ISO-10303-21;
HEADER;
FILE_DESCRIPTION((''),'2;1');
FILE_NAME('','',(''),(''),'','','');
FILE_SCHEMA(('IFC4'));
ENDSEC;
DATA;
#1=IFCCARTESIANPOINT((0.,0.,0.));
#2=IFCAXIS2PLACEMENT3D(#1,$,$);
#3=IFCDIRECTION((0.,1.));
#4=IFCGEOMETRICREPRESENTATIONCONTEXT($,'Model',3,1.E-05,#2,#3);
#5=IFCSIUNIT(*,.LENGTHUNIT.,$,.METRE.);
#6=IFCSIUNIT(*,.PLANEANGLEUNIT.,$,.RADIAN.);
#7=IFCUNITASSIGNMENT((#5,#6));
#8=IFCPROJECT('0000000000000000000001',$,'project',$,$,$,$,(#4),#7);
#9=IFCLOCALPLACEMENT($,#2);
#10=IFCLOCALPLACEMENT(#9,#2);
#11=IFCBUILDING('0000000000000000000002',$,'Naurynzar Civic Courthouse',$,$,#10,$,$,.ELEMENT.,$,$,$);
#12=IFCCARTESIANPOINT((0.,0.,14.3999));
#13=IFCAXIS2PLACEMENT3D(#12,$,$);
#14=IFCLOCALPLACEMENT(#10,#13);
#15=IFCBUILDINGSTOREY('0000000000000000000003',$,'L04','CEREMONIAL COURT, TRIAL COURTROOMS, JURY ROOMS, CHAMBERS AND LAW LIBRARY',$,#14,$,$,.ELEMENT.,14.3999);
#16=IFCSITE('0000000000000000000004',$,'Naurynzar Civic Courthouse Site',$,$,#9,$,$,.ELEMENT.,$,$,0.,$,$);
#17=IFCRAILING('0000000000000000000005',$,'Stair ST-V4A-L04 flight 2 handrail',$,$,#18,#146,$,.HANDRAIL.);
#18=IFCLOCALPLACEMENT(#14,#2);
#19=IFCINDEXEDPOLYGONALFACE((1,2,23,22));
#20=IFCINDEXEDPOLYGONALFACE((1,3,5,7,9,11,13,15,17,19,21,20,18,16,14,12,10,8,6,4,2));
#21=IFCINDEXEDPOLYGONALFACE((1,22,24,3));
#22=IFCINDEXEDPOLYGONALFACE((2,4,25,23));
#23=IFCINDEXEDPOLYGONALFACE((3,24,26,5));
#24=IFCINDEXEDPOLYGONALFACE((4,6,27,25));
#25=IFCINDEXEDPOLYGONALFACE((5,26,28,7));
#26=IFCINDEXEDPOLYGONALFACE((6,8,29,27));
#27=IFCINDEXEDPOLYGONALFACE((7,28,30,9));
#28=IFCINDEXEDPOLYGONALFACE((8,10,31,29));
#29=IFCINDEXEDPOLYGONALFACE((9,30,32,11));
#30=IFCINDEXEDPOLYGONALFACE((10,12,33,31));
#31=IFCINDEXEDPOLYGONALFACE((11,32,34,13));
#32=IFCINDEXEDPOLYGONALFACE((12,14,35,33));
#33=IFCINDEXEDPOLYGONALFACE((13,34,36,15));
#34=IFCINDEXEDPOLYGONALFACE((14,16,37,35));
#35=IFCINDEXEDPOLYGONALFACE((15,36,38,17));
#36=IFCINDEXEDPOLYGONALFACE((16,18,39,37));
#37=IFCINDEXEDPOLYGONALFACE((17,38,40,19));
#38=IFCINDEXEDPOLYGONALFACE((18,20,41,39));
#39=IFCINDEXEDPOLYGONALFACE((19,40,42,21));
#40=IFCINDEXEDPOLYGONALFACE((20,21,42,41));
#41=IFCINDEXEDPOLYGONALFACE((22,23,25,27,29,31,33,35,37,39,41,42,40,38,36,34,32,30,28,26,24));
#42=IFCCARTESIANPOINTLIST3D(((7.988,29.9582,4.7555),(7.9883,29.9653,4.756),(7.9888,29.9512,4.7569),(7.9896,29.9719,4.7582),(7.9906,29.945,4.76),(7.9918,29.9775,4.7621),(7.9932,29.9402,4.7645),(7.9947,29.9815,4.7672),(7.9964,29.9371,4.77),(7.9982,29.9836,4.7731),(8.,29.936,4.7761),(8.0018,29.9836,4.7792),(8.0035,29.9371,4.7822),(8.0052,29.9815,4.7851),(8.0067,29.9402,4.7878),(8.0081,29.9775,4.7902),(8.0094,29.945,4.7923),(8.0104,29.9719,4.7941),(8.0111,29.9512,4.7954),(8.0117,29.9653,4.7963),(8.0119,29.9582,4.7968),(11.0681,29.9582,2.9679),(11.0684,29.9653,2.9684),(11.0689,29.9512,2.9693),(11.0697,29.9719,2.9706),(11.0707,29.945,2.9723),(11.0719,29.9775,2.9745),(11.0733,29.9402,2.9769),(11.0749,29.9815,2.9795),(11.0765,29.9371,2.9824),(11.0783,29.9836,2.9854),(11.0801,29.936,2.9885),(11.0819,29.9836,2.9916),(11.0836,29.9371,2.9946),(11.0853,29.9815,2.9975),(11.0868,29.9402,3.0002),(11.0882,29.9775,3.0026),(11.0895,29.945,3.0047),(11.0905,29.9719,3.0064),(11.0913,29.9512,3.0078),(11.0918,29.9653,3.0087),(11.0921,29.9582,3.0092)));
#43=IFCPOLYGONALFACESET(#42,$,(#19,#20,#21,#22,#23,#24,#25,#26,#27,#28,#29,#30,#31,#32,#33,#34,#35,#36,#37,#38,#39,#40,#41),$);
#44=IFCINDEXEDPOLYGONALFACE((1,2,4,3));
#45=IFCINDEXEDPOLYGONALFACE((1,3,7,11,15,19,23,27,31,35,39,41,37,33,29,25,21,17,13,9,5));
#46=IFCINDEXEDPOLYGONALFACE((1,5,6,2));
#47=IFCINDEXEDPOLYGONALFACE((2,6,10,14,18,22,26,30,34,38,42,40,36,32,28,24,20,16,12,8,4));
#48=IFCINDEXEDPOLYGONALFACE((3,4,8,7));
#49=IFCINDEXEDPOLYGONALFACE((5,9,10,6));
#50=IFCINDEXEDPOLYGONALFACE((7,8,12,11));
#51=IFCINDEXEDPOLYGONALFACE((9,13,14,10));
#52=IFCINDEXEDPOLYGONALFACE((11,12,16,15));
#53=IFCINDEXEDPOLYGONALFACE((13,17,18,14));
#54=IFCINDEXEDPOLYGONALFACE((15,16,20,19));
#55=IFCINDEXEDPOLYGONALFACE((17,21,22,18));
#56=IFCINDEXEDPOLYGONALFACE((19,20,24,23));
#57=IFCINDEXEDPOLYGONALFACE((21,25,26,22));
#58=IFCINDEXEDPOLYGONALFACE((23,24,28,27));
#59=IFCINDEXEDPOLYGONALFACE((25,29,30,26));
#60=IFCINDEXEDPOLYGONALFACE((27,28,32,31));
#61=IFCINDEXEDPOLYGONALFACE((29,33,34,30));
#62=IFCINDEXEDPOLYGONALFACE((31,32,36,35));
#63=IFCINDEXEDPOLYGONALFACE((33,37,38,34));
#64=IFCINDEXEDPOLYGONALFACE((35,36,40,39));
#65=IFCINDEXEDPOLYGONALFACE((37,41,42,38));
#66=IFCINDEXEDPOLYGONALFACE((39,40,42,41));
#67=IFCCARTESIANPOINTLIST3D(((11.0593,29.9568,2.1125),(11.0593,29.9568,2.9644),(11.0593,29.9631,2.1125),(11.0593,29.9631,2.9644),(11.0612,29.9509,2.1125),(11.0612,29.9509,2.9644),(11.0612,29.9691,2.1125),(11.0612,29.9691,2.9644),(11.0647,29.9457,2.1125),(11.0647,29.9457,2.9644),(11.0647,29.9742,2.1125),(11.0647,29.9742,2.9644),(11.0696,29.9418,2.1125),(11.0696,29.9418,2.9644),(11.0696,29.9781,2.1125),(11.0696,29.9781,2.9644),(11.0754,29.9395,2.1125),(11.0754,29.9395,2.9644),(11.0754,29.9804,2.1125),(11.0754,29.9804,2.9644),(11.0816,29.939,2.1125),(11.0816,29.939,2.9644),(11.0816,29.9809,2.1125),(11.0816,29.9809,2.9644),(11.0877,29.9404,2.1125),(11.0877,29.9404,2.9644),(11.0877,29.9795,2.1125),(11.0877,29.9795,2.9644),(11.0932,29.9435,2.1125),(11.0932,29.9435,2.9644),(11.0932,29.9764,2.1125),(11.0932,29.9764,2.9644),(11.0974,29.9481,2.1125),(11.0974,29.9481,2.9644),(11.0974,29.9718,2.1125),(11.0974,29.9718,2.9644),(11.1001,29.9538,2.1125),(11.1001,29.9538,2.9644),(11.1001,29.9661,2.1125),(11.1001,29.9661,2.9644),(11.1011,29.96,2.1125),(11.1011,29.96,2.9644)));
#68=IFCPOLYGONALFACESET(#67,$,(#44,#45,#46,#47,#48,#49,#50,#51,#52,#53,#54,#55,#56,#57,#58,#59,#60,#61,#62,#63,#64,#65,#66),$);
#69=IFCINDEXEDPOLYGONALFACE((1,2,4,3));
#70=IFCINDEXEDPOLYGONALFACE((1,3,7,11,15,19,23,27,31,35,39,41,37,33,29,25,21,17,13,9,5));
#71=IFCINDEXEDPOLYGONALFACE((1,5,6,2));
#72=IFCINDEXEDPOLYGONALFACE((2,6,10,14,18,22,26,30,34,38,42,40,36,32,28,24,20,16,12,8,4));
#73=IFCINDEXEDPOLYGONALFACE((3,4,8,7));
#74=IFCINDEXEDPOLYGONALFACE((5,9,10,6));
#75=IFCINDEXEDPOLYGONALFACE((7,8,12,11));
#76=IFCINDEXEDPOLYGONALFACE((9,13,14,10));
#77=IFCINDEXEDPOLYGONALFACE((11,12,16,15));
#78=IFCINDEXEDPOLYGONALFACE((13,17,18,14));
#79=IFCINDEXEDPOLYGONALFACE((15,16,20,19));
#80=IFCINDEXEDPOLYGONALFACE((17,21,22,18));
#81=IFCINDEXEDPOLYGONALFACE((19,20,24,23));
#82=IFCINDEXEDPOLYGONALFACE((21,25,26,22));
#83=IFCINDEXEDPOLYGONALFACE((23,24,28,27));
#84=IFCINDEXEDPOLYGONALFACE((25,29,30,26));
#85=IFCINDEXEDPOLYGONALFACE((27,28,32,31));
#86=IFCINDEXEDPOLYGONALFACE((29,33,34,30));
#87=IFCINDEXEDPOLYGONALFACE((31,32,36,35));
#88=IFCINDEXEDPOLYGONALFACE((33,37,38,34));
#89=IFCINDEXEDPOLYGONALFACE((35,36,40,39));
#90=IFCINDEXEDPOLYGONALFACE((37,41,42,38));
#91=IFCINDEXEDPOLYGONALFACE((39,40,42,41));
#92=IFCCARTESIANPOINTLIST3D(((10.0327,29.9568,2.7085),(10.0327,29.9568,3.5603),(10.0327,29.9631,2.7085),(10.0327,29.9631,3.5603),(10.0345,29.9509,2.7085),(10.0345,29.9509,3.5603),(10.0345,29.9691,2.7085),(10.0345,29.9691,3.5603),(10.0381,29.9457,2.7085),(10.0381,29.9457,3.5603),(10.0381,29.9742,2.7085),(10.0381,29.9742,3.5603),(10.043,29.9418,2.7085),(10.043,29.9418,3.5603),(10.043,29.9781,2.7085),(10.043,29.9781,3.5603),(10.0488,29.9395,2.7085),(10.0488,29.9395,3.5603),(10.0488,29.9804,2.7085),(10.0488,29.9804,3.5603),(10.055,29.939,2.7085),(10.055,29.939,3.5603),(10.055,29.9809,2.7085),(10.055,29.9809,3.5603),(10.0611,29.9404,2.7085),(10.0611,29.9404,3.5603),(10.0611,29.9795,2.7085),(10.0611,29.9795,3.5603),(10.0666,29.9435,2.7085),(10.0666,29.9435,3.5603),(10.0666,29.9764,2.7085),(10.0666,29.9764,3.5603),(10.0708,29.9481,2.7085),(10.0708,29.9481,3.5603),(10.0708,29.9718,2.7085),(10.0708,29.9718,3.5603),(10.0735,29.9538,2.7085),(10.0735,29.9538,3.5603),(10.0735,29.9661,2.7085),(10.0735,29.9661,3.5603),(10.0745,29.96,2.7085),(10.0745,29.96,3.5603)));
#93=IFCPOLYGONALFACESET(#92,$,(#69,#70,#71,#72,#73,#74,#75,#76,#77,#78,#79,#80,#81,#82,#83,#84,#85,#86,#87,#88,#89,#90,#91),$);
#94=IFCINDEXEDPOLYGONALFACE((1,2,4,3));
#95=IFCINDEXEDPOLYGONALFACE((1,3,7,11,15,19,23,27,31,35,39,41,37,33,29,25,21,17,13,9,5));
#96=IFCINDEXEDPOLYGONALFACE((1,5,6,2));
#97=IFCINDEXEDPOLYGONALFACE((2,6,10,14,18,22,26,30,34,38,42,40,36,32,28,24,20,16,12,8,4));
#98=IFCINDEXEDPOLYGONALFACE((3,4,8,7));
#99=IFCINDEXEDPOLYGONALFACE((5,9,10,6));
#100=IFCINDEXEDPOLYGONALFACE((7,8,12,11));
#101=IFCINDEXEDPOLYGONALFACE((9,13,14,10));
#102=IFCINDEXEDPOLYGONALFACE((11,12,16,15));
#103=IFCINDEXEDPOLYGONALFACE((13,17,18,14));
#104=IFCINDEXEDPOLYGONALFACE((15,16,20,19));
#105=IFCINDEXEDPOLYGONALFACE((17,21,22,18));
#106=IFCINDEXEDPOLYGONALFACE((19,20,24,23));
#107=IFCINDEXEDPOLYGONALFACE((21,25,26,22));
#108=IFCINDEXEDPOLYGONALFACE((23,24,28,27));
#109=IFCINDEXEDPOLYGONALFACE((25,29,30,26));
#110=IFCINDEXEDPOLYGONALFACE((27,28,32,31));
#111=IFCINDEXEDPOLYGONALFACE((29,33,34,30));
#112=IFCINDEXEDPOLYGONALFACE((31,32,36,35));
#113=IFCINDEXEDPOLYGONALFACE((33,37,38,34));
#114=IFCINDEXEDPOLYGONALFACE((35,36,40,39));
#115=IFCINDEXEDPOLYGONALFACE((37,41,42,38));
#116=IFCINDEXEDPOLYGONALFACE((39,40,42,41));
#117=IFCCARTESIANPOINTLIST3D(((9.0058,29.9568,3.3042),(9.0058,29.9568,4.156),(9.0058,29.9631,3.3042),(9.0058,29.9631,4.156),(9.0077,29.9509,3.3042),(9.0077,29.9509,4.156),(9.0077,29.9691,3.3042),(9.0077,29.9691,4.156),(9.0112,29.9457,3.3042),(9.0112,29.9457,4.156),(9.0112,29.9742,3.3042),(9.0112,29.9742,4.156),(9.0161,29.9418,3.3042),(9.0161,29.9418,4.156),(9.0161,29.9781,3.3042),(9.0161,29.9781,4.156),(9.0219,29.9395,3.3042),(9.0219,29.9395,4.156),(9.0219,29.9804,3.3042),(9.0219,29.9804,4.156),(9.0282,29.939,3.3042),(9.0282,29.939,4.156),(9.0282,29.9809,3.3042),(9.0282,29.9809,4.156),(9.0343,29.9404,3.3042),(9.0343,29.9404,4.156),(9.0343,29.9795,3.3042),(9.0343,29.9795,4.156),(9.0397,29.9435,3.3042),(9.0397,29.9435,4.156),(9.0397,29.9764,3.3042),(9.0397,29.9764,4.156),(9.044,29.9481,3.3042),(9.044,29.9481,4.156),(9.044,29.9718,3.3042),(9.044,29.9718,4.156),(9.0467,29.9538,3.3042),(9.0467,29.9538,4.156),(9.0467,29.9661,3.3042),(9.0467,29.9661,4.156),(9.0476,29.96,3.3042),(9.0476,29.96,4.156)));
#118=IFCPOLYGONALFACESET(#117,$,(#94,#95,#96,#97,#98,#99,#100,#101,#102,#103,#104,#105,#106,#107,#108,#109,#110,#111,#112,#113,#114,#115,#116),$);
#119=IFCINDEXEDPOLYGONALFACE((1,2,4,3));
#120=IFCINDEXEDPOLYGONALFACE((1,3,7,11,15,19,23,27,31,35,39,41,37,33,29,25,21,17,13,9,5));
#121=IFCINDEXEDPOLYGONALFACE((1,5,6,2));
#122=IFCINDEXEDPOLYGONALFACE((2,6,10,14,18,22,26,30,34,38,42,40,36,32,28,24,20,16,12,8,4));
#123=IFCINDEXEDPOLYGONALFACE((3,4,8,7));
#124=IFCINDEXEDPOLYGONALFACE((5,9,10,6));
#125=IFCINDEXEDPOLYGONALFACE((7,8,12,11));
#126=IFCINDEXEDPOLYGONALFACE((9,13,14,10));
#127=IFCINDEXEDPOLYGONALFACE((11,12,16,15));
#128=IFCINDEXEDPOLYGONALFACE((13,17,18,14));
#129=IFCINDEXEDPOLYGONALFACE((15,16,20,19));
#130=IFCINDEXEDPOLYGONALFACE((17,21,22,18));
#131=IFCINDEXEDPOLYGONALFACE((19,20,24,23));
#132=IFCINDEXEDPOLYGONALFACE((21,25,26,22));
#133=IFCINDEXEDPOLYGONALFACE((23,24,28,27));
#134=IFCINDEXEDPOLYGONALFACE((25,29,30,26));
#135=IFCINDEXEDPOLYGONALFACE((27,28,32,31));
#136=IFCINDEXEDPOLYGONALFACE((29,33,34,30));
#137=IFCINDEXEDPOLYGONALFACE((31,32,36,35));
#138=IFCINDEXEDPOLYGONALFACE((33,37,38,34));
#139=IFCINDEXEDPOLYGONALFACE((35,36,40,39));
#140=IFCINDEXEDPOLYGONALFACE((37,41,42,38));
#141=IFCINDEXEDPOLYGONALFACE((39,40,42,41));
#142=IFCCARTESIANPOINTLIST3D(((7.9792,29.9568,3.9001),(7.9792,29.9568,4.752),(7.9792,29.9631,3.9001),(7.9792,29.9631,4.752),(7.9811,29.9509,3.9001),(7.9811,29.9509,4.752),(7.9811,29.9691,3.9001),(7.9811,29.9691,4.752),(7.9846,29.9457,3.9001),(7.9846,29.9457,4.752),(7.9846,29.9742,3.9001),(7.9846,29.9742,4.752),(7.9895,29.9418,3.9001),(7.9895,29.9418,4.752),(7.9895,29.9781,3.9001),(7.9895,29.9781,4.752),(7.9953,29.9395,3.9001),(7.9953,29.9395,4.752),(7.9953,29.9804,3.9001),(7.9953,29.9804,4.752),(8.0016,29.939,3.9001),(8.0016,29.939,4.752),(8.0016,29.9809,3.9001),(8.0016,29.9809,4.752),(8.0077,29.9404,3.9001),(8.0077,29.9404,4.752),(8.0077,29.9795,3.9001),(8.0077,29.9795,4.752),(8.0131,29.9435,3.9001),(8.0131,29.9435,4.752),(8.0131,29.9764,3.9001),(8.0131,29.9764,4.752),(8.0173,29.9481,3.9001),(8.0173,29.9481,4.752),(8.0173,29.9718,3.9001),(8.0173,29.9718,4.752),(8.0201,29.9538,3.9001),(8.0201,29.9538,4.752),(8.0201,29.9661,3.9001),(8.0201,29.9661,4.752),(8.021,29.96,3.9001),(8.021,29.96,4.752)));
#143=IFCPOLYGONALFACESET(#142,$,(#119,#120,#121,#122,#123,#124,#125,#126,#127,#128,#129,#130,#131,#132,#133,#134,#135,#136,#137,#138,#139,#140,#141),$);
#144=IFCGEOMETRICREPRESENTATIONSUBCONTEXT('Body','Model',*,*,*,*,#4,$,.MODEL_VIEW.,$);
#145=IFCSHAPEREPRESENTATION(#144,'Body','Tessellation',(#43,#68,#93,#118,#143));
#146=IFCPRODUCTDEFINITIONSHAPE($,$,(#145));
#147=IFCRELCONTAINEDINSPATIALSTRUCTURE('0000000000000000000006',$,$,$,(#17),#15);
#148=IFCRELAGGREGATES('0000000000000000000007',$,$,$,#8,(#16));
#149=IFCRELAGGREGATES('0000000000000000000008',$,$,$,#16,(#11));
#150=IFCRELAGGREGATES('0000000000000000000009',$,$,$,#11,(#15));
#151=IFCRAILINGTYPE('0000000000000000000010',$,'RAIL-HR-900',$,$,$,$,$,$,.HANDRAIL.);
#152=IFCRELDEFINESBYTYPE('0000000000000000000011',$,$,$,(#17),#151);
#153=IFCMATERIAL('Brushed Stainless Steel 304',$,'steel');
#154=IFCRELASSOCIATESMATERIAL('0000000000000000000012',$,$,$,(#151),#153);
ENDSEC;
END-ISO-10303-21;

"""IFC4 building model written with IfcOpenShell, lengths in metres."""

from ifc_helpers import new_model, si_unit, direction, frame, origin, origin_2d, place, context, subcontext, project, spatial, circle, extrude, material, type_object, element, save


model = new_model("IFC4")

# Units and contexts
model_context = context("Model", 3, precision=1e-05, world=origin(), true_north=direction((0.0, 1.0)))
body_context = subcontext(model_context, "Body", "Model", "MODEL_VIEW")
ifc_project = project(units=[si_unit("LENGTHUNIT", "METRE"), si_unit("PLANEANGLEUNIT", "RADIAN")], contexts=[model_context])

# Site, building, storey
site_placement = place(None, origin())
site = spatial("IfcSite", under=ifc_project, at=site_placement, Name="Naurynzar Civic Courthouse Site", CompositionType="ELEMENT", RefElevation=0.0)
building_placement = place(site_placement, origin())
building = spatial("IfcBuilding", under=site, at=building_placement, Name="Naurynzar Civic Courthouse", CompositionType="ELEMENT")
storey_placement = place(building_placement, frame((0.0, 0.0, 14.3999)))
storey = spatial("IfcBuildingStorey", under=building, at=storey_placement, Name="L04", Description="CEREMONIAL COURT, TRIAL COURTROOMS, JURY ROOMS, CHAMBERS AND LAW LIBRARY", CompositionType="ELEMENT", Elevation=14.3999)

# Railing
ifc_material_1 = material(Name="Brushed Stainless Steel 304", Category="steel")
railing_type_1 = type_object("IfcRailingType", Name="RAIL-HR-900", PredefinedType="HANDRAIL", material=ifc_material_1)
railing_1_placement = place(storey_placement, frame((11.0801, 29.96, 2.1125)))
element("IfcRailing", 1, at=railing_1_placement, inside=storey, type_object=railing_type_1, Name="Stair ST-V4A-L04 flight 2 handrail", PredefinedType="HANDRAIL", context=body_context, shape_type="SweptSolid", body=[
    extrude(circle(Radius=0.0239, at=origin_2d()), frame((0.0, 0.0, 0.876), z_axis=(-0.864891, 0.0, 0.50196), x_axis=(0.0, -1.0, 0.0)), (0.0, 0.0, 1.0), 3.5613),
    extrude(circle(Radius=0.021, at=origin_2d()), origin(), (0.0, 0.0, 1.0), 0.8518),
    extrude(circle(Radius=0.021, at=origin_2d()), frame((-1.0266, 0.0, 0.5959)), (0.0, 0.0, 1.0), 0.8518),
    extrude(circle(Radius=0.021, at=origin_2d()), frame((-2.0535, 0.0, 1.1917)), (0.0, 0.0, 1.0), 0.8518),
    extrude(circle(Radius=0.021, at=origin_2d()), frame((-3.0801, 0.0, 1.7876)), (0.0, 0.0, 1.0), 0.8518),
])

save(model, "model.ifc")
